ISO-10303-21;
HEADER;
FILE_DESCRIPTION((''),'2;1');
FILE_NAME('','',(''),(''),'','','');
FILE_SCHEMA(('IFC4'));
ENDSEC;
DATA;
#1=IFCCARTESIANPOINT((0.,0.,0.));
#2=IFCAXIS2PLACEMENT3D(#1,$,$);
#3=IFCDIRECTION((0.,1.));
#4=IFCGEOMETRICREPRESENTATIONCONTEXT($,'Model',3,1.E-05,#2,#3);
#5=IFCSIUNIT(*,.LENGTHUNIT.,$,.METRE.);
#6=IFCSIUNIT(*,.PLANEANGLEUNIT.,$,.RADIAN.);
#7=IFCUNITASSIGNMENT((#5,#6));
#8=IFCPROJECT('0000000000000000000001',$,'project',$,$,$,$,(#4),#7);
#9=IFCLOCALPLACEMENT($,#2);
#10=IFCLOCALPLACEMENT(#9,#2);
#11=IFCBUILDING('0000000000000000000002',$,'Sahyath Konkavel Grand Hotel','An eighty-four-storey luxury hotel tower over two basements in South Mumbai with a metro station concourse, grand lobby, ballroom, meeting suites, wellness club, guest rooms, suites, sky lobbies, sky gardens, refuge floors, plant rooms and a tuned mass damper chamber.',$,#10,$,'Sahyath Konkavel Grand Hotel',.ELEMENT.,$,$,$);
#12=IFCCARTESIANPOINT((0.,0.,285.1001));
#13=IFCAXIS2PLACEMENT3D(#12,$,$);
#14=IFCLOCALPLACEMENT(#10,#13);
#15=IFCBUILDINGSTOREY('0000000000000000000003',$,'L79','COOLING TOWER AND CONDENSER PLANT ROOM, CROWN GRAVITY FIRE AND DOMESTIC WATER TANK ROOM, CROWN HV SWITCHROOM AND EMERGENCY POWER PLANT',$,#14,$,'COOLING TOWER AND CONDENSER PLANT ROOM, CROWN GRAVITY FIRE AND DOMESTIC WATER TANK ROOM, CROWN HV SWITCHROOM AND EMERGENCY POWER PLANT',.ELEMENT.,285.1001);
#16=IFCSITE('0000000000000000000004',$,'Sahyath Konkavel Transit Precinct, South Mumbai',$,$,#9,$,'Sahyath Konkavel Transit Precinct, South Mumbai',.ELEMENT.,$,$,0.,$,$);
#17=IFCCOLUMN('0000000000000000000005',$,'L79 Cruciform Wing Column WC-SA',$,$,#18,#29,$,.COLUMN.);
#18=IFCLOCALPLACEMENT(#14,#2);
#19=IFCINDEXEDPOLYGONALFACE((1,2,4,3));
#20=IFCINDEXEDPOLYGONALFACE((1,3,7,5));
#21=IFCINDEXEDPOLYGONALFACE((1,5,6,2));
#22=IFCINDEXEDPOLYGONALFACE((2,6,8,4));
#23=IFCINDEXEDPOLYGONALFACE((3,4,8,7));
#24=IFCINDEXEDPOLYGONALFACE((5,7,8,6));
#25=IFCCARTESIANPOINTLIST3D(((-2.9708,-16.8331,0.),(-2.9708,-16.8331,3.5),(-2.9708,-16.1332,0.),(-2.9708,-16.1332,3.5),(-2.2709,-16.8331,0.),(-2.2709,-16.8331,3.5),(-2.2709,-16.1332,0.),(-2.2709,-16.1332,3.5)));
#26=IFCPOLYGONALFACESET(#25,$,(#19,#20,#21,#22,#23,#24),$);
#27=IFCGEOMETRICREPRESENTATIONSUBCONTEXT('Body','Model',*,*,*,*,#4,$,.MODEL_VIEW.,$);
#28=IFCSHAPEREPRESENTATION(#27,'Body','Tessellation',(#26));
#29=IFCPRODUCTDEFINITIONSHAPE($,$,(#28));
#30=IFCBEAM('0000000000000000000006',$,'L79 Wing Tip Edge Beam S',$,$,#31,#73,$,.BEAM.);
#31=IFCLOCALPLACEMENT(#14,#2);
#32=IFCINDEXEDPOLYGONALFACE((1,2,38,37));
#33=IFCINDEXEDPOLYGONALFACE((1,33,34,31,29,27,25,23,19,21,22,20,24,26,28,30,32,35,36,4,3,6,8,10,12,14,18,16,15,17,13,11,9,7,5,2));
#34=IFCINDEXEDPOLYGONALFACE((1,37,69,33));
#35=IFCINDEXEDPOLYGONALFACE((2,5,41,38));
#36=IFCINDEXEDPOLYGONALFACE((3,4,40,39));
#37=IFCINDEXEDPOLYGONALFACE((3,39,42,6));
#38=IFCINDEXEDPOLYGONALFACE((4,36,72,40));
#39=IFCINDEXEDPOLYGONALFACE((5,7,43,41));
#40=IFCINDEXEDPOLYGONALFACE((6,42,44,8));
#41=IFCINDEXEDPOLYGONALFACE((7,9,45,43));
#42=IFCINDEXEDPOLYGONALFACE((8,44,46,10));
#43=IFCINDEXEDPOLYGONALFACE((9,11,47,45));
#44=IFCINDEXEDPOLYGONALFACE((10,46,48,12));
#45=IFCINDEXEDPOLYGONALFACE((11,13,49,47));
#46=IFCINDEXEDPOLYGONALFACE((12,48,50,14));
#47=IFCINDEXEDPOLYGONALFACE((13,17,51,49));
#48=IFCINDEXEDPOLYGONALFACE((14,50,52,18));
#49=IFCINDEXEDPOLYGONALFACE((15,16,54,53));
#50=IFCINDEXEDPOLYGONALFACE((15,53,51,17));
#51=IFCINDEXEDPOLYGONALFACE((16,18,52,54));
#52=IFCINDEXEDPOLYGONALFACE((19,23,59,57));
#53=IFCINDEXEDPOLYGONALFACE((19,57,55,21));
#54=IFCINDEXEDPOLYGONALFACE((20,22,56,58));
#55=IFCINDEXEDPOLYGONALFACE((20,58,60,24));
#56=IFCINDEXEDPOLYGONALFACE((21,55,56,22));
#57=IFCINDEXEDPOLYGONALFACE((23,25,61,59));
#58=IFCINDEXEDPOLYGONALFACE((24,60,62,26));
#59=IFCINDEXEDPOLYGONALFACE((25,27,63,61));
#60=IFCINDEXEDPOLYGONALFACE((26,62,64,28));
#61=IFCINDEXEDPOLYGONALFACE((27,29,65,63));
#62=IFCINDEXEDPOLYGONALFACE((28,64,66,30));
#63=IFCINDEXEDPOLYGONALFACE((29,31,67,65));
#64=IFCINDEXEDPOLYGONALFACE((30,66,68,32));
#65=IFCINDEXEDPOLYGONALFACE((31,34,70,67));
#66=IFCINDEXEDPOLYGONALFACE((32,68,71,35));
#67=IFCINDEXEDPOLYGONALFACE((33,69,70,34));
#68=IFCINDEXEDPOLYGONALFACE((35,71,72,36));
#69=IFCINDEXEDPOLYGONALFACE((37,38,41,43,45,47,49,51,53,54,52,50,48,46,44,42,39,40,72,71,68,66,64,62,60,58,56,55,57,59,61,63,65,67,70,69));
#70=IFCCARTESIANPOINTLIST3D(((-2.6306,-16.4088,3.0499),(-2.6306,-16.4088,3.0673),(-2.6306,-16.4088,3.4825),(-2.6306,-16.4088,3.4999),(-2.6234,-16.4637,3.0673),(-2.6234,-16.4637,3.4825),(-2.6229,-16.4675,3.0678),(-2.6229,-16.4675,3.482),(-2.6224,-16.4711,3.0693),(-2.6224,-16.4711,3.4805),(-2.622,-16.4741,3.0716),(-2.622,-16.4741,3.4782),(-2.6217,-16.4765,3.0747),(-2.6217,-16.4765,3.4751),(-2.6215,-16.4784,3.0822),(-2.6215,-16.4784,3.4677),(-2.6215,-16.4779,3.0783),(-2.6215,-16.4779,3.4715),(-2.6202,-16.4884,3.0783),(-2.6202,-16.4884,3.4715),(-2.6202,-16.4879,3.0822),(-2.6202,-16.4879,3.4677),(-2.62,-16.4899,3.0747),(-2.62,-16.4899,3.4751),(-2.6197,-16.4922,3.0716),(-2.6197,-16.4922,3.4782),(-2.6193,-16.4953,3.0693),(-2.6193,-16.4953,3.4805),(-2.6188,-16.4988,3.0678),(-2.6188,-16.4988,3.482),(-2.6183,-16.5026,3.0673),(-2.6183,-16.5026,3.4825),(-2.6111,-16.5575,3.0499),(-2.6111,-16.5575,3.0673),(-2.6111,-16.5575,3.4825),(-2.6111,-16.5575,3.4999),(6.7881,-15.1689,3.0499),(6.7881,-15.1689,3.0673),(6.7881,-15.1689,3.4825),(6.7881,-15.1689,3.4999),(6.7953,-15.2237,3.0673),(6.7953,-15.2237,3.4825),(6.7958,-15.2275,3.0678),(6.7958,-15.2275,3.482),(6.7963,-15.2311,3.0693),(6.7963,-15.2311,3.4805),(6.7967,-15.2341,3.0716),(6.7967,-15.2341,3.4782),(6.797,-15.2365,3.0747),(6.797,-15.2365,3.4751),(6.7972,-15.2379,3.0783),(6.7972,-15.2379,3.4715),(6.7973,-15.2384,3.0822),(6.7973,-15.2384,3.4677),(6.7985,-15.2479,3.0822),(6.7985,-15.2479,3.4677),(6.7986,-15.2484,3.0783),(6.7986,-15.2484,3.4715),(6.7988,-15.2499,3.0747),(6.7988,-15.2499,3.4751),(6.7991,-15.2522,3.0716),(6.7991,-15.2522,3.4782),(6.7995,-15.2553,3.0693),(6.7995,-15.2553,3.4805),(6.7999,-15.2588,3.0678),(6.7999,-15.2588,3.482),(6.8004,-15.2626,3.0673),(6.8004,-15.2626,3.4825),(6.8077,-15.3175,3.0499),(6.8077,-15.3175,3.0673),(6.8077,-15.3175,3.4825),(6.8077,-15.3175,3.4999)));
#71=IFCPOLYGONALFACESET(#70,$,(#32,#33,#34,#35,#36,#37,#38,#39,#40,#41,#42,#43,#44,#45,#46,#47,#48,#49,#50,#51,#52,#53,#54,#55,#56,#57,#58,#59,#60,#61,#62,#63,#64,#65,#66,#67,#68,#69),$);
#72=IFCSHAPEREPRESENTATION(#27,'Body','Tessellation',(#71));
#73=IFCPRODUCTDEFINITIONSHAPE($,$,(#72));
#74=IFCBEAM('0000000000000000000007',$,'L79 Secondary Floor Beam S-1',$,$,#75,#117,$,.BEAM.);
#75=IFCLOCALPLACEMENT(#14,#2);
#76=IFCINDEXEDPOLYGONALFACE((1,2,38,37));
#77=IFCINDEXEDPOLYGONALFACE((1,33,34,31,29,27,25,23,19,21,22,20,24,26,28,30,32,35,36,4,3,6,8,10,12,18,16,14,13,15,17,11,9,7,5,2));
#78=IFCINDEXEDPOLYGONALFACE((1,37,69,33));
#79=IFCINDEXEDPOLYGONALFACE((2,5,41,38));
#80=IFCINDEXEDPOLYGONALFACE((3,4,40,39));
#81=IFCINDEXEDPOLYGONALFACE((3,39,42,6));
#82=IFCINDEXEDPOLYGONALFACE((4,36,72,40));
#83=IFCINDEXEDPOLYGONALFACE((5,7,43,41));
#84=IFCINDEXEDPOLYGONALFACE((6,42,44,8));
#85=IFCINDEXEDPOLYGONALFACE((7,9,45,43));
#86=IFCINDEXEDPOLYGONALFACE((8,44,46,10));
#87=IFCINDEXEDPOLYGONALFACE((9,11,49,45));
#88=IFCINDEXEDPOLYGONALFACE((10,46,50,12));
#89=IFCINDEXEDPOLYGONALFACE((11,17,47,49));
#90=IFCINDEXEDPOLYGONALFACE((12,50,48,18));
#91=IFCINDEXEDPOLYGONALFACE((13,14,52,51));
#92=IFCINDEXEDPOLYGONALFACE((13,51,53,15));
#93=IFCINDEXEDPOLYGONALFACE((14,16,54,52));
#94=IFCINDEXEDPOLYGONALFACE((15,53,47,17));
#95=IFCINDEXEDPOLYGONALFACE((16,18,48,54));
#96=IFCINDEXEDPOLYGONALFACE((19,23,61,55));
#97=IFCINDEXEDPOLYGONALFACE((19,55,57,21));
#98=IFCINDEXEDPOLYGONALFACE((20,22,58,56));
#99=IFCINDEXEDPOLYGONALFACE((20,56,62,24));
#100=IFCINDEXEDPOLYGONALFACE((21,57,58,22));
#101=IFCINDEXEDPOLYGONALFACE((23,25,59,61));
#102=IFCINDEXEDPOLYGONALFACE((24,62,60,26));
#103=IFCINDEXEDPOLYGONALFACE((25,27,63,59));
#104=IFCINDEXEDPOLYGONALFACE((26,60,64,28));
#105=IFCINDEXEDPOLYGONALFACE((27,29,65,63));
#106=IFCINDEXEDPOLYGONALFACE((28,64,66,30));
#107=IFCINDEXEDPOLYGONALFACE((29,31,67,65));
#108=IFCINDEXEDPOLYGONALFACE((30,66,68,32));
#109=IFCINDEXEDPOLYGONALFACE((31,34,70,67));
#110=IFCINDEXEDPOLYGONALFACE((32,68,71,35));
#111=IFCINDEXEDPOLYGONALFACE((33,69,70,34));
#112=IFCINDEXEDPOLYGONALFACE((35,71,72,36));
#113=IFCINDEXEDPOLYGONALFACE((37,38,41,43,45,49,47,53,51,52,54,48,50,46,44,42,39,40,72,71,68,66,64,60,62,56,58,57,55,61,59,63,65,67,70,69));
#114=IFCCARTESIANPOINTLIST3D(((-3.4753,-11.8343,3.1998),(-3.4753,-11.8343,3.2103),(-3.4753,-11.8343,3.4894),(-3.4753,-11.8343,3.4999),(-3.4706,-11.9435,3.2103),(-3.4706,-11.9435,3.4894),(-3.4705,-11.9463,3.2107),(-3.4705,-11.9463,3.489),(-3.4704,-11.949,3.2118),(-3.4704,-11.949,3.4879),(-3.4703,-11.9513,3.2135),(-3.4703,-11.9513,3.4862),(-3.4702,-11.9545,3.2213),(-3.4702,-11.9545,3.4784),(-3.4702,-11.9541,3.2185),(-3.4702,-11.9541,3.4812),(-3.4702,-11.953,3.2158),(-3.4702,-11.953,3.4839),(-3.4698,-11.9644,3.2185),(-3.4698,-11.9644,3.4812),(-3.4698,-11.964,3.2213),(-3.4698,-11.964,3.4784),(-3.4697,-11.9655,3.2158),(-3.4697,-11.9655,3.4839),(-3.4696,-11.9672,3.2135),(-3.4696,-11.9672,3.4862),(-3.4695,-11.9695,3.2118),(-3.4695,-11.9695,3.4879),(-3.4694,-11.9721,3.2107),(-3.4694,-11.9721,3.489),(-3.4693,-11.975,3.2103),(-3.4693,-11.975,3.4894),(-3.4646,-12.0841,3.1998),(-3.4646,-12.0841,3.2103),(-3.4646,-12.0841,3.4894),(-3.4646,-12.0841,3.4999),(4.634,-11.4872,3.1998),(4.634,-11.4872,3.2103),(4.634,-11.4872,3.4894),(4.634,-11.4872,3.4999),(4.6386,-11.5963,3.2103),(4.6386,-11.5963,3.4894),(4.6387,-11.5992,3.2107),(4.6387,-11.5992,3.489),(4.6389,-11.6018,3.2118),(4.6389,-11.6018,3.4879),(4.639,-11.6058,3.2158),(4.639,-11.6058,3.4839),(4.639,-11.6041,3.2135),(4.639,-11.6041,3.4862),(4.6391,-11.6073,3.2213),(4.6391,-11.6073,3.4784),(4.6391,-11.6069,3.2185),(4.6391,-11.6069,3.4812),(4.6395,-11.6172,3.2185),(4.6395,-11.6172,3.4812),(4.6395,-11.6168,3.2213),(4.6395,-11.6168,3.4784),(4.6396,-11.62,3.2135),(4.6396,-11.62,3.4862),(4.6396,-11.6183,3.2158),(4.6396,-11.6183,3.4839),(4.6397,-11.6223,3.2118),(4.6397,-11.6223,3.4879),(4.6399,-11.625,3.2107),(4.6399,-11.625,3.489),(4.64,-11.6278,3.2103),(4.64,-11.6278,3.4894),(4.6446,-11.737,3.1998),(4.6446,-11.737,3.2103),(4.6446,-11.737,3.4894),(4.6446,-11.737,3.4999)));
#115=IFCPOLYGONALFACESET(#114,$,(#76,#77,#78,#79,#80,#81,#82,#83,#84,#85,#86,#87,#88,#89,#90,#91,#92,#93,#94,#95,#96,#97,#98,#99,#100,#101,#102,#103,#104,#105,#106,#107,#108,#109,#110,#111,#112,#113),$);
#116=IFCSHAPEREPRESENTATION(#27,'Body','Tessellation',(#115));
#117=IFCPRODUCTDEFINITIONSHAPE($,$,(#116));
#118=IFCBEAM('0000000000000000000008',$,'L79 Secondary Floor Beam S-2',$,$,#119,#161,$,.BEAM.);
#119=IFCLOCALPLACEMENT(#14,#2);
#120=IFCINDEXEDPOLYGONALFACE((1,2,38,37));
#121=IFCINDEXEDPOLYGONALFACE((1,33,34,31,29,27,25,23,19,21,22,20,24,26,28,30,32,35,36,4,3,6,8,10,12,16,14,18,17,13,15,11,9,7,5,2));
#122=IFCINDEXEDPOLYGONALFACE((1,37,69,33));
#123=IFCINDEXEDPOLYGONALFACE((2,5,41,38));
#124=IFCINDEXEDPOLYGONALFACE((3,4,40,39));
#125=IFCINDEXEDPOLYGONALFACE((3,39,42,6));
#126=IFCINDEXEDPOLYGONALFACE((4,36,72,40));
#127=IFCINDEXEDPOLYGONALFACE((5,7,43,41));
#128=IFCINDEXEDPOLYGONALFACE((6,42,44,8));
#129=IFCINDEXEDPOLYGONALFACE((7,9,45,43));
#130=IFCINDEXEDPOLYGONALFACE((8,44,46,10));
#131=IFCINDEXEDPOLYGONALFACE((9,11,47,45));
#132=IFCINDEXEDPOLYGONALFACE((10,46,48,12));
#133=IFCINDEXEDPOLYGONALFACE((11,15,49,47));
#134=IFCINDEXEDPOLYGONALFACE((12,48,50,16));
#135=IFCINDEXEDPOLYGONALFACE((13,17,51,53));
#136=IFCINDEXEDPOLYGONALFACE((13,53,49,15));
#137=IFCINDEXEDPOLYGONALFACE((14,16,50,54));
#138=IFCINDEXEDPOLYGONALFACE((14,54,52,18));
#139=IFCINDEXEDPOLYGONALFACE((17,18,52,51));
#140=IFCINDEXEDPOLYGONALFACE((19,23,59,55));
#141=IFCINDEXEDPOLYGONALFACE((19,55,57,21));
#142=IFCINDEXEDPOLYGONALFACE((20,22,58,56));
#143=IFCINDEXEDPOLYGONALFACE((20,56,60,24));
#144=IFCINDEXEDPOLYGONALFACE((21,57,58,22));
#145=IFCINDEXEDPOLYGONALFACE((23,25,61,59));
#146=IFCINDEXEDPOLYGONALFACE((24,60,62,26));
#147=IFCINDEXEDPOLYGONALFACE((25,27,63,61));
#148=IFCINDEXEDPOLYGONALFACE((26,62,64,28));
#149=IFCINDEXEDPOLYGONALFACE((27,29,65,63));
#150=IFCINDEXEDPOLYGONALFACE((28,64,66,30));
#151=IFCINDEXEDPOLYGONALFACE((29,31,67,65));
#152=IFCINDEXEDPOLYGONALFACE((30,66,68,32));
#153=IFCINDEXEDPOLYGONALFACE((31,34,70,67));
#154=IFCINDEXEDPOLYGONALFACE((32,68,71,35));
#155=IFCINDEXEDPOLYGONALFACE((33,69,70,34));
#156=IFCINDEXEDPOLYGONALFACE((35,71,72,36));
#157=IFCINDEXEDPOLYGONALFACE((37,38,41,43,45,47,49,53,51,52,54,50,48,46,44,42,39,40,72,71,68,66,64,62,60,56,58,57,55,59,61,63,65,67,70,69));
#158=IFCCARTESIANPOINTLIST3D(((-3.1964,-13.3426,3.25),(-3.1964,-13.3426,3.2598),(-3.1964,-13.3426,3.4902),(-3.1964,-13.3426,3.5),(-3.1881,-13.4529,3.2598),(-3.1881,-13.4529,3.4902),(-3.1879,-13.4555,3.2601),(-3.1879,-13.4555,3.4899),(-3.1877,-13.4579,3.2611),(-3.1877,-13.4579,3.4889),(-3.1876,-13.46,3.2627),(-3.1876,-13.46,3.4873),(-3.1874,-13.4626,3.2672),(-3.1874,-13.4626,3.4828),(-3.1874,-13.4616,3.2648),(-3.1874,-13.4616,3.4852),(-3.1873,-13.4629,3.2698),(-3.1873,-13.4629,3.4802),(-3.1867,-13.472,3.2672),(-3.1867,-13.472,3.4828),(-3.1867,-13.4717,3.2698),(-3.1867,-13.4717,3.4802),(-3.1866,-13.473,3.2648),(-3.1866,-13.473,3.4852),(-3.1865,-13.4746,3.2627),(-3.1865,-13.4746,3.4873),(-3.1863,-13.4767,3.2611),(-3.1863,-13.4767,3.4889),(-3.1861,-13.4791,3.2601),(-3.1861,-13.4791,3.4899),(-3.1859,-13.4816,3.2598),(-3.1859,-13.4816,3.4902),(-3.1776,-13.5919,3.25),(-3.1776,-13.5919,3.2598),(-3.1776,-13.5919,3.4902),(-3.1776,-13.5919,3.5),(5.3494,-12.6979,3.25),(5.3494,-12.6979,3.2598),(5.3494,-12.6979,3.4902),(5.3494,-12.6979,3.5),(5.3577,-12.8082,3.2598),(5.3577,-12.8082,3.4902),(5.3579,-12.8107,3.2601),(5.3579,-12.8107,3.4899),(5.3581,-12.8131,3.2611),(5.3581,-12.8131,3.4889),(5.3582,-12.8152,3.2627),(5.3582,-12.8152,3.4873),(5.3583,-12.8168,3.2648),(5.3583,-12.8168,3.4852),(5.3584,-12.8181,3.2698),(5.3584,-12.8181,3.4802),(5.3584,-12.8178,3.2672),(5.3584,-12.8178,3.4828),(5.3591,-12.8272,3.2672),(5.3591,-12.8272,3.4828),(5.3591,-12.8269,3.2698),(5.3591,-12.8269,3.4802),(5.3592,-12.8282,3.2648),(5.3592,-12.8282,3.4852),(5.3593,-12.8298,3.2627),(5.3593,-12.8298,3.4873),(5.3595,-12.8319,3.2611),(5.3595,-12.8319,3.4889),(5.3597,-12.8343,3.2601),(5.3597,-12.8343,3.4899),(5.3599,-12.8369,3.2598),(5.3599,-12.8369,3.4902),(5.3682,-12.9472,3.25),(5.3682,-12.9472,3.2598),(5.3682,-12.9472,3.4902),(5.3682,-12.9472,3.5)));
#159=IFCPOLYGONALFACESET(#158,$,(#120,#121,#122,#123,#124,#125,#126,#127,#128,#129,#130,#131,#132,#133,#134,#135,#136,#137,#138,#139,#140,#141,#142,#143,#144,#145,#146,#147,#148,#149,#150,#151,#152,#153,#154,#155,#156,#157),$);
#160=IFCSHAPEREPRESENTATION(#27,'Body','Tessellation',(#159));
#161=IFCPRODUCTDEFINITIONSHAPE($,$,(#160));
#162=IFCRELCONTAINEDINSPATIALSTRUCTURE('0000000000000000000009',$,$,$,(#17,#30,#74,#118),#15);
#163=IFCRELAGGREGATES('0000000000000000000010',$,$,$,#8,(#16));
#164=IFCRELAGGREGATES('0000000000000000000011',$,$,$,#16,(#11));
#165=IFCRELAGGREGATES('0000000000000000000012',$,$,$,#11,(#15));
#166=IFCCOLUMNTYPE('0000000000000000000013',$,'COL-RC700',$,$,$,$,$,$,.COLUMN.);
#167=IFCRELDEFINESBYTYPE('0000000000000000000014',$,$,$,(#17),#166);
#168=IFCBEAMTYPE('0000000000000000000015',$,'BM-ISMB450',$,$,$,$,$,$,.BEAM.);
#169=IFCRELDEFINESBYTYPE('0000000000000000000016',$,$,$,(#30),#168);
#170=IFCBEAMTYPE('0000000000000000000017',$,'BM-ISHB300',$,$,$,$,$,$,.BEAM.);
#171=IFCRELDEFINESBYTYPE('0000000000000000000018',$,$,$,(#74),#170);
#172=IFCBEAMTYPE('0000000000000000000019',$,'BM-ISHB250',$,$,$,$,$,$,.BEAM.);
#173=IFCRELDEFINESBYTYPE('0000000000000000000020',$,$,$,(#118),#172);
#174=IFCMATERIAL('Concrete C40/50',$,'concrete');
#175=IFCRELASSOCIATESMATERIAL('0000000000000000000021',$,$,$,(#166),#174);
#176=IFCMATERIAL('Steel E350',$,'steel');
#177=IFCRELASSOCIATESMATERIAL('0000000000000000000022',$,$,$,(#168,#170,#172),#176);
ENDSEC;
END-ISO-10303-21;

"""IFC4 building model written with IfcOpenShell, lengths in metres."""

from ifc_helpers import new_model, si_unit, direction, frame, origin, origin_2d, place, context, subcontext, project, spatial, rectangle, i_section, extrude, source, transform, mapped, material, material_profile, profile_set, type_object, element, save


model = new_model("IFC4")

# Units and contexts
model_context = context("Model", 3, precision=1e-05, world=origin(), true_north=direction((0.0, 1.0)))
body_context = subcontext(model_context, "Body", "Model", "MODEL_VIEW")
ifc_project = project(units=[si_unit("LENGTHUNIT", "METRE"), si_unit("PLANEANGLEUNIT", "RADIAN")], contexts=[model_context])

# Site, building, storey
site_placement = place(None, origin())
site = spatial("IfcSite", under=ifc_project, at=site_placement, Name="Sahyath Konkavel Transit Precinct, South Mumbai", LongName="Sahyath Konkavel Transit Precinct, South Mumbai", CompositionType="ELEMENT", RefElevation=0.0)
building_placement = place(site_placement, origin())
building = spatial("IfcBuilding", under=site, at=building_placement, Name="Sahyath Konkavel Grand Hotel", Description="An eighty-four-storey luxury hotel tower over two basements in South Mumbai with a metro station concourse, grand lobby, ballroom, meeting suites, wellness club, guest rooms, suites, sky lobbies, sky gardens, refuge floors, plant rooms and a tuned mass damper chamber.", LongName="Sahyath Konkavel Grand Hotel", CompositionType="ELEMENT")
storey_placement = place(building_placement, frame((0.0, 0.0, 285.1001)))
storey = spatial("IfcBuildingStorey", under=building, at=storey_placement, Name="L79", Description="COOLING TOWER AND CONDENSER PLANT ROOM, CROWN GRAVITY FIRE AND DOMESTIC WATER TANK ROOM, CROWN HV SWITCHROOM AND EMERGENCY POWER PLANT", LongName="COOLING TOWER AND CONDENSER PLANT ROOM, CROWN GRAVITY FIRE AND DOMESTIC WATER TANK ROOM, CROWN HV SWITCHROOM AND EMERGENCY POWER PLANT", CompositionType="ELEMENT", Elevation=285.1001)

# Column
ifc_material_1 = material(Name="Concrete C40/50", Category="concrete")
ifc_material_profile_1 = material_profile(ifc_material_1, rectangle(XDim=0.7, YDim=0.7, at=origin_2d()), Name="RC 700x700")
ifc_profile_set_1 = profile_set([ifc_material_profile_1], Name="Concrete C40/50")
column_type = type_object("IfcColumnType", Name="COL-RC700", PredefinedType="COLUMN", material=ifc_profile_set_1)
shared_shape_1 = source(origin(), body_context, "Body", "SweptSolid", [
    extrude(rectangle(XDim=0.7, YDim=0.7, at=origin_2d()), origin(), (0.0, 0.0, 1.0), 3.5),
])
column_placement = place(storey_placement, frame((-2.6208, -16.4832, 0.0), z_axis=(0.0, 0.0, 1.0), x_axis=(1.0, 0.0, 0.0)))
element("IfcColumn", 1, at=column_placement, inside=storey, type_object=column_type, Name="L79 Cruciform Wing Column WC-SA", PredefinedType="COLUMN", context=body_context, shape_type="MappedRepresentation", body=[
    mapped(shared_shape_1, transform((0.0, 0.0, 0.0), scale=1.0)),
])

# Beams
ifc_material_2 = material(Name="Steel E350", Category="steel")
ifc_material_profile_2 = material_profile(ifc_material_2, i_section(OverallWidth=0.1499, OverallDepth=0.45, WebThickness=0.0095, FlangeThickness=0.0173, FilletRadius=0.0149, at=origin_2d()), Name="ISMB 450")
ifc_profile_set_2 = profile_set([ifc_material_profile_2], Name="Steel E350")
beam_type_1 = type_object("IfcBeamType", Name="BM-ISMB450", PredefinedType="BEAM", material=ifc_profile_set_2)
shared_shape_2 = source(origin(), body_context, "Body", "SweptSolid", [
    extrude(i_section(OverallWidth=0.1499, OverallDepth=0.45, WebThickness=0.0095, FlangeThickness=0.0173, FilletRadius=0.0149, at=origin_2d()), origin(), (0.0, 0.0, 1.0), 9.5),
])
beam_1_placement = place(storey_placement, frame((-2.6208, -16.4832, 3.2749), z_axis=(0.991445, 0.130526, 0.0), x_axis=(-0.130526, 0.991445, 0.0)))
element("IfcBeam", 2, at=beam_1_placement, inside=storey, type_object=beam_type_1, Name="L79 Wing Tip Edge Beam S", PredefinedType="BEAM", context=body_context, shape_type="MappedRepresentation", body=[
    mapped(shared_shape_2, transform((0.0, 0.0, 0.0), scale=1.0)),
])
ifc_material_profile_3 = material_profile(ifc_material_2, i_section(OverallWidth=0.25, OverallDepth=0.3, WebThickness=0.0095, FlangeThickness=0.0105, FilletRadius=0.011, at=origin_2d()), Name="ISHB 300")
ifc_profile_set_3 = profile_set([ifc_material_profile_3], Name="Steel E350")
beam_type_2 = type_object("IfcBeamType", Name="BM-ISHB300", PredefinedType="BEAM", material=ifc_profile_set_3)
shared_shape_3 = source(origin(), body_context, "Body", "SweptSolid", [
    extrude(i_section(OverallWidth=0.25, OverallDepth=0.3, WebThickness=0.0095, FlangeThickness=0.0105, FilletRadius=0.011, at=origin_2d()), origin(), (0.0, 0.0, 1.0), 8.1167),
])
beam_2_placement = place(storey_placement, frame((-3.47, -11.9592, 3.3499), z_axis=(0.999085, 0.042772, 0.0), x_axis=(-0.042772, 0.999085, 0.0)))
element("IfcBeam", 3, at=beam_2_placement, inside=storey, type_object=beam_type_2, Name="L79 Secondary Floor Beam S-1", PredefinedType="BEAM", context=body_context, shape_type="MappedRepresentation", body=[
    mapped(shared_shape_3, transform((0.0, 0.0, 0.0), scale=1.0)),
])
ifc_material_profile_4 = material_profile(ifc_material_2, i_section(OverallWidth=0.25, OverallDepth=0.25, WebThickness=0.0088, FlangeThickness=0.0098, FilletRadius=0.01, at=origin_2d()), Name="ISHB 250")
ifc_profile_set_4 = profile_set([ifc_material_profile_4], Name="Steel E350")
beam_type_3 = type_object("IfcBeamType", Name="BM-ISHB250", PredefinedType="BEAM", material=ifc_profile_set_4)
shared_shape_4 = source(origin(), body_context, "Body", "SweptSolid", [
    extrude(i_section(OverallWidth=0.25, OverallDepth=0.25, WebThickness=0.0088, FlangeThickness=0.0098, FilletRadius=0.01, at=origin_2d()), origin(), (0.0, 0.0, 1.0), 8.5701),
])
beam_3_placement = place(storey_placement, frame((-3.187, -13.4673, 3.375), z_axis=(0.997166, 0.075235, 0.0), x_axis=(-0.075235, 0.997166, 0.0)))
element("IfcBeam", 4, at=beam_3_placement, inside=storey, type_object=beam_type_3, Name="L79 Secondary Floor Beam S-2", PredefinedType="BEAM", context=body_context, shape_type="MappedRepresentation", body=[
    mapped(shared_shape_4, transform((0.0, 0.0, 0.0), scale=1.0)),
])

save(model, "model.ifc")
